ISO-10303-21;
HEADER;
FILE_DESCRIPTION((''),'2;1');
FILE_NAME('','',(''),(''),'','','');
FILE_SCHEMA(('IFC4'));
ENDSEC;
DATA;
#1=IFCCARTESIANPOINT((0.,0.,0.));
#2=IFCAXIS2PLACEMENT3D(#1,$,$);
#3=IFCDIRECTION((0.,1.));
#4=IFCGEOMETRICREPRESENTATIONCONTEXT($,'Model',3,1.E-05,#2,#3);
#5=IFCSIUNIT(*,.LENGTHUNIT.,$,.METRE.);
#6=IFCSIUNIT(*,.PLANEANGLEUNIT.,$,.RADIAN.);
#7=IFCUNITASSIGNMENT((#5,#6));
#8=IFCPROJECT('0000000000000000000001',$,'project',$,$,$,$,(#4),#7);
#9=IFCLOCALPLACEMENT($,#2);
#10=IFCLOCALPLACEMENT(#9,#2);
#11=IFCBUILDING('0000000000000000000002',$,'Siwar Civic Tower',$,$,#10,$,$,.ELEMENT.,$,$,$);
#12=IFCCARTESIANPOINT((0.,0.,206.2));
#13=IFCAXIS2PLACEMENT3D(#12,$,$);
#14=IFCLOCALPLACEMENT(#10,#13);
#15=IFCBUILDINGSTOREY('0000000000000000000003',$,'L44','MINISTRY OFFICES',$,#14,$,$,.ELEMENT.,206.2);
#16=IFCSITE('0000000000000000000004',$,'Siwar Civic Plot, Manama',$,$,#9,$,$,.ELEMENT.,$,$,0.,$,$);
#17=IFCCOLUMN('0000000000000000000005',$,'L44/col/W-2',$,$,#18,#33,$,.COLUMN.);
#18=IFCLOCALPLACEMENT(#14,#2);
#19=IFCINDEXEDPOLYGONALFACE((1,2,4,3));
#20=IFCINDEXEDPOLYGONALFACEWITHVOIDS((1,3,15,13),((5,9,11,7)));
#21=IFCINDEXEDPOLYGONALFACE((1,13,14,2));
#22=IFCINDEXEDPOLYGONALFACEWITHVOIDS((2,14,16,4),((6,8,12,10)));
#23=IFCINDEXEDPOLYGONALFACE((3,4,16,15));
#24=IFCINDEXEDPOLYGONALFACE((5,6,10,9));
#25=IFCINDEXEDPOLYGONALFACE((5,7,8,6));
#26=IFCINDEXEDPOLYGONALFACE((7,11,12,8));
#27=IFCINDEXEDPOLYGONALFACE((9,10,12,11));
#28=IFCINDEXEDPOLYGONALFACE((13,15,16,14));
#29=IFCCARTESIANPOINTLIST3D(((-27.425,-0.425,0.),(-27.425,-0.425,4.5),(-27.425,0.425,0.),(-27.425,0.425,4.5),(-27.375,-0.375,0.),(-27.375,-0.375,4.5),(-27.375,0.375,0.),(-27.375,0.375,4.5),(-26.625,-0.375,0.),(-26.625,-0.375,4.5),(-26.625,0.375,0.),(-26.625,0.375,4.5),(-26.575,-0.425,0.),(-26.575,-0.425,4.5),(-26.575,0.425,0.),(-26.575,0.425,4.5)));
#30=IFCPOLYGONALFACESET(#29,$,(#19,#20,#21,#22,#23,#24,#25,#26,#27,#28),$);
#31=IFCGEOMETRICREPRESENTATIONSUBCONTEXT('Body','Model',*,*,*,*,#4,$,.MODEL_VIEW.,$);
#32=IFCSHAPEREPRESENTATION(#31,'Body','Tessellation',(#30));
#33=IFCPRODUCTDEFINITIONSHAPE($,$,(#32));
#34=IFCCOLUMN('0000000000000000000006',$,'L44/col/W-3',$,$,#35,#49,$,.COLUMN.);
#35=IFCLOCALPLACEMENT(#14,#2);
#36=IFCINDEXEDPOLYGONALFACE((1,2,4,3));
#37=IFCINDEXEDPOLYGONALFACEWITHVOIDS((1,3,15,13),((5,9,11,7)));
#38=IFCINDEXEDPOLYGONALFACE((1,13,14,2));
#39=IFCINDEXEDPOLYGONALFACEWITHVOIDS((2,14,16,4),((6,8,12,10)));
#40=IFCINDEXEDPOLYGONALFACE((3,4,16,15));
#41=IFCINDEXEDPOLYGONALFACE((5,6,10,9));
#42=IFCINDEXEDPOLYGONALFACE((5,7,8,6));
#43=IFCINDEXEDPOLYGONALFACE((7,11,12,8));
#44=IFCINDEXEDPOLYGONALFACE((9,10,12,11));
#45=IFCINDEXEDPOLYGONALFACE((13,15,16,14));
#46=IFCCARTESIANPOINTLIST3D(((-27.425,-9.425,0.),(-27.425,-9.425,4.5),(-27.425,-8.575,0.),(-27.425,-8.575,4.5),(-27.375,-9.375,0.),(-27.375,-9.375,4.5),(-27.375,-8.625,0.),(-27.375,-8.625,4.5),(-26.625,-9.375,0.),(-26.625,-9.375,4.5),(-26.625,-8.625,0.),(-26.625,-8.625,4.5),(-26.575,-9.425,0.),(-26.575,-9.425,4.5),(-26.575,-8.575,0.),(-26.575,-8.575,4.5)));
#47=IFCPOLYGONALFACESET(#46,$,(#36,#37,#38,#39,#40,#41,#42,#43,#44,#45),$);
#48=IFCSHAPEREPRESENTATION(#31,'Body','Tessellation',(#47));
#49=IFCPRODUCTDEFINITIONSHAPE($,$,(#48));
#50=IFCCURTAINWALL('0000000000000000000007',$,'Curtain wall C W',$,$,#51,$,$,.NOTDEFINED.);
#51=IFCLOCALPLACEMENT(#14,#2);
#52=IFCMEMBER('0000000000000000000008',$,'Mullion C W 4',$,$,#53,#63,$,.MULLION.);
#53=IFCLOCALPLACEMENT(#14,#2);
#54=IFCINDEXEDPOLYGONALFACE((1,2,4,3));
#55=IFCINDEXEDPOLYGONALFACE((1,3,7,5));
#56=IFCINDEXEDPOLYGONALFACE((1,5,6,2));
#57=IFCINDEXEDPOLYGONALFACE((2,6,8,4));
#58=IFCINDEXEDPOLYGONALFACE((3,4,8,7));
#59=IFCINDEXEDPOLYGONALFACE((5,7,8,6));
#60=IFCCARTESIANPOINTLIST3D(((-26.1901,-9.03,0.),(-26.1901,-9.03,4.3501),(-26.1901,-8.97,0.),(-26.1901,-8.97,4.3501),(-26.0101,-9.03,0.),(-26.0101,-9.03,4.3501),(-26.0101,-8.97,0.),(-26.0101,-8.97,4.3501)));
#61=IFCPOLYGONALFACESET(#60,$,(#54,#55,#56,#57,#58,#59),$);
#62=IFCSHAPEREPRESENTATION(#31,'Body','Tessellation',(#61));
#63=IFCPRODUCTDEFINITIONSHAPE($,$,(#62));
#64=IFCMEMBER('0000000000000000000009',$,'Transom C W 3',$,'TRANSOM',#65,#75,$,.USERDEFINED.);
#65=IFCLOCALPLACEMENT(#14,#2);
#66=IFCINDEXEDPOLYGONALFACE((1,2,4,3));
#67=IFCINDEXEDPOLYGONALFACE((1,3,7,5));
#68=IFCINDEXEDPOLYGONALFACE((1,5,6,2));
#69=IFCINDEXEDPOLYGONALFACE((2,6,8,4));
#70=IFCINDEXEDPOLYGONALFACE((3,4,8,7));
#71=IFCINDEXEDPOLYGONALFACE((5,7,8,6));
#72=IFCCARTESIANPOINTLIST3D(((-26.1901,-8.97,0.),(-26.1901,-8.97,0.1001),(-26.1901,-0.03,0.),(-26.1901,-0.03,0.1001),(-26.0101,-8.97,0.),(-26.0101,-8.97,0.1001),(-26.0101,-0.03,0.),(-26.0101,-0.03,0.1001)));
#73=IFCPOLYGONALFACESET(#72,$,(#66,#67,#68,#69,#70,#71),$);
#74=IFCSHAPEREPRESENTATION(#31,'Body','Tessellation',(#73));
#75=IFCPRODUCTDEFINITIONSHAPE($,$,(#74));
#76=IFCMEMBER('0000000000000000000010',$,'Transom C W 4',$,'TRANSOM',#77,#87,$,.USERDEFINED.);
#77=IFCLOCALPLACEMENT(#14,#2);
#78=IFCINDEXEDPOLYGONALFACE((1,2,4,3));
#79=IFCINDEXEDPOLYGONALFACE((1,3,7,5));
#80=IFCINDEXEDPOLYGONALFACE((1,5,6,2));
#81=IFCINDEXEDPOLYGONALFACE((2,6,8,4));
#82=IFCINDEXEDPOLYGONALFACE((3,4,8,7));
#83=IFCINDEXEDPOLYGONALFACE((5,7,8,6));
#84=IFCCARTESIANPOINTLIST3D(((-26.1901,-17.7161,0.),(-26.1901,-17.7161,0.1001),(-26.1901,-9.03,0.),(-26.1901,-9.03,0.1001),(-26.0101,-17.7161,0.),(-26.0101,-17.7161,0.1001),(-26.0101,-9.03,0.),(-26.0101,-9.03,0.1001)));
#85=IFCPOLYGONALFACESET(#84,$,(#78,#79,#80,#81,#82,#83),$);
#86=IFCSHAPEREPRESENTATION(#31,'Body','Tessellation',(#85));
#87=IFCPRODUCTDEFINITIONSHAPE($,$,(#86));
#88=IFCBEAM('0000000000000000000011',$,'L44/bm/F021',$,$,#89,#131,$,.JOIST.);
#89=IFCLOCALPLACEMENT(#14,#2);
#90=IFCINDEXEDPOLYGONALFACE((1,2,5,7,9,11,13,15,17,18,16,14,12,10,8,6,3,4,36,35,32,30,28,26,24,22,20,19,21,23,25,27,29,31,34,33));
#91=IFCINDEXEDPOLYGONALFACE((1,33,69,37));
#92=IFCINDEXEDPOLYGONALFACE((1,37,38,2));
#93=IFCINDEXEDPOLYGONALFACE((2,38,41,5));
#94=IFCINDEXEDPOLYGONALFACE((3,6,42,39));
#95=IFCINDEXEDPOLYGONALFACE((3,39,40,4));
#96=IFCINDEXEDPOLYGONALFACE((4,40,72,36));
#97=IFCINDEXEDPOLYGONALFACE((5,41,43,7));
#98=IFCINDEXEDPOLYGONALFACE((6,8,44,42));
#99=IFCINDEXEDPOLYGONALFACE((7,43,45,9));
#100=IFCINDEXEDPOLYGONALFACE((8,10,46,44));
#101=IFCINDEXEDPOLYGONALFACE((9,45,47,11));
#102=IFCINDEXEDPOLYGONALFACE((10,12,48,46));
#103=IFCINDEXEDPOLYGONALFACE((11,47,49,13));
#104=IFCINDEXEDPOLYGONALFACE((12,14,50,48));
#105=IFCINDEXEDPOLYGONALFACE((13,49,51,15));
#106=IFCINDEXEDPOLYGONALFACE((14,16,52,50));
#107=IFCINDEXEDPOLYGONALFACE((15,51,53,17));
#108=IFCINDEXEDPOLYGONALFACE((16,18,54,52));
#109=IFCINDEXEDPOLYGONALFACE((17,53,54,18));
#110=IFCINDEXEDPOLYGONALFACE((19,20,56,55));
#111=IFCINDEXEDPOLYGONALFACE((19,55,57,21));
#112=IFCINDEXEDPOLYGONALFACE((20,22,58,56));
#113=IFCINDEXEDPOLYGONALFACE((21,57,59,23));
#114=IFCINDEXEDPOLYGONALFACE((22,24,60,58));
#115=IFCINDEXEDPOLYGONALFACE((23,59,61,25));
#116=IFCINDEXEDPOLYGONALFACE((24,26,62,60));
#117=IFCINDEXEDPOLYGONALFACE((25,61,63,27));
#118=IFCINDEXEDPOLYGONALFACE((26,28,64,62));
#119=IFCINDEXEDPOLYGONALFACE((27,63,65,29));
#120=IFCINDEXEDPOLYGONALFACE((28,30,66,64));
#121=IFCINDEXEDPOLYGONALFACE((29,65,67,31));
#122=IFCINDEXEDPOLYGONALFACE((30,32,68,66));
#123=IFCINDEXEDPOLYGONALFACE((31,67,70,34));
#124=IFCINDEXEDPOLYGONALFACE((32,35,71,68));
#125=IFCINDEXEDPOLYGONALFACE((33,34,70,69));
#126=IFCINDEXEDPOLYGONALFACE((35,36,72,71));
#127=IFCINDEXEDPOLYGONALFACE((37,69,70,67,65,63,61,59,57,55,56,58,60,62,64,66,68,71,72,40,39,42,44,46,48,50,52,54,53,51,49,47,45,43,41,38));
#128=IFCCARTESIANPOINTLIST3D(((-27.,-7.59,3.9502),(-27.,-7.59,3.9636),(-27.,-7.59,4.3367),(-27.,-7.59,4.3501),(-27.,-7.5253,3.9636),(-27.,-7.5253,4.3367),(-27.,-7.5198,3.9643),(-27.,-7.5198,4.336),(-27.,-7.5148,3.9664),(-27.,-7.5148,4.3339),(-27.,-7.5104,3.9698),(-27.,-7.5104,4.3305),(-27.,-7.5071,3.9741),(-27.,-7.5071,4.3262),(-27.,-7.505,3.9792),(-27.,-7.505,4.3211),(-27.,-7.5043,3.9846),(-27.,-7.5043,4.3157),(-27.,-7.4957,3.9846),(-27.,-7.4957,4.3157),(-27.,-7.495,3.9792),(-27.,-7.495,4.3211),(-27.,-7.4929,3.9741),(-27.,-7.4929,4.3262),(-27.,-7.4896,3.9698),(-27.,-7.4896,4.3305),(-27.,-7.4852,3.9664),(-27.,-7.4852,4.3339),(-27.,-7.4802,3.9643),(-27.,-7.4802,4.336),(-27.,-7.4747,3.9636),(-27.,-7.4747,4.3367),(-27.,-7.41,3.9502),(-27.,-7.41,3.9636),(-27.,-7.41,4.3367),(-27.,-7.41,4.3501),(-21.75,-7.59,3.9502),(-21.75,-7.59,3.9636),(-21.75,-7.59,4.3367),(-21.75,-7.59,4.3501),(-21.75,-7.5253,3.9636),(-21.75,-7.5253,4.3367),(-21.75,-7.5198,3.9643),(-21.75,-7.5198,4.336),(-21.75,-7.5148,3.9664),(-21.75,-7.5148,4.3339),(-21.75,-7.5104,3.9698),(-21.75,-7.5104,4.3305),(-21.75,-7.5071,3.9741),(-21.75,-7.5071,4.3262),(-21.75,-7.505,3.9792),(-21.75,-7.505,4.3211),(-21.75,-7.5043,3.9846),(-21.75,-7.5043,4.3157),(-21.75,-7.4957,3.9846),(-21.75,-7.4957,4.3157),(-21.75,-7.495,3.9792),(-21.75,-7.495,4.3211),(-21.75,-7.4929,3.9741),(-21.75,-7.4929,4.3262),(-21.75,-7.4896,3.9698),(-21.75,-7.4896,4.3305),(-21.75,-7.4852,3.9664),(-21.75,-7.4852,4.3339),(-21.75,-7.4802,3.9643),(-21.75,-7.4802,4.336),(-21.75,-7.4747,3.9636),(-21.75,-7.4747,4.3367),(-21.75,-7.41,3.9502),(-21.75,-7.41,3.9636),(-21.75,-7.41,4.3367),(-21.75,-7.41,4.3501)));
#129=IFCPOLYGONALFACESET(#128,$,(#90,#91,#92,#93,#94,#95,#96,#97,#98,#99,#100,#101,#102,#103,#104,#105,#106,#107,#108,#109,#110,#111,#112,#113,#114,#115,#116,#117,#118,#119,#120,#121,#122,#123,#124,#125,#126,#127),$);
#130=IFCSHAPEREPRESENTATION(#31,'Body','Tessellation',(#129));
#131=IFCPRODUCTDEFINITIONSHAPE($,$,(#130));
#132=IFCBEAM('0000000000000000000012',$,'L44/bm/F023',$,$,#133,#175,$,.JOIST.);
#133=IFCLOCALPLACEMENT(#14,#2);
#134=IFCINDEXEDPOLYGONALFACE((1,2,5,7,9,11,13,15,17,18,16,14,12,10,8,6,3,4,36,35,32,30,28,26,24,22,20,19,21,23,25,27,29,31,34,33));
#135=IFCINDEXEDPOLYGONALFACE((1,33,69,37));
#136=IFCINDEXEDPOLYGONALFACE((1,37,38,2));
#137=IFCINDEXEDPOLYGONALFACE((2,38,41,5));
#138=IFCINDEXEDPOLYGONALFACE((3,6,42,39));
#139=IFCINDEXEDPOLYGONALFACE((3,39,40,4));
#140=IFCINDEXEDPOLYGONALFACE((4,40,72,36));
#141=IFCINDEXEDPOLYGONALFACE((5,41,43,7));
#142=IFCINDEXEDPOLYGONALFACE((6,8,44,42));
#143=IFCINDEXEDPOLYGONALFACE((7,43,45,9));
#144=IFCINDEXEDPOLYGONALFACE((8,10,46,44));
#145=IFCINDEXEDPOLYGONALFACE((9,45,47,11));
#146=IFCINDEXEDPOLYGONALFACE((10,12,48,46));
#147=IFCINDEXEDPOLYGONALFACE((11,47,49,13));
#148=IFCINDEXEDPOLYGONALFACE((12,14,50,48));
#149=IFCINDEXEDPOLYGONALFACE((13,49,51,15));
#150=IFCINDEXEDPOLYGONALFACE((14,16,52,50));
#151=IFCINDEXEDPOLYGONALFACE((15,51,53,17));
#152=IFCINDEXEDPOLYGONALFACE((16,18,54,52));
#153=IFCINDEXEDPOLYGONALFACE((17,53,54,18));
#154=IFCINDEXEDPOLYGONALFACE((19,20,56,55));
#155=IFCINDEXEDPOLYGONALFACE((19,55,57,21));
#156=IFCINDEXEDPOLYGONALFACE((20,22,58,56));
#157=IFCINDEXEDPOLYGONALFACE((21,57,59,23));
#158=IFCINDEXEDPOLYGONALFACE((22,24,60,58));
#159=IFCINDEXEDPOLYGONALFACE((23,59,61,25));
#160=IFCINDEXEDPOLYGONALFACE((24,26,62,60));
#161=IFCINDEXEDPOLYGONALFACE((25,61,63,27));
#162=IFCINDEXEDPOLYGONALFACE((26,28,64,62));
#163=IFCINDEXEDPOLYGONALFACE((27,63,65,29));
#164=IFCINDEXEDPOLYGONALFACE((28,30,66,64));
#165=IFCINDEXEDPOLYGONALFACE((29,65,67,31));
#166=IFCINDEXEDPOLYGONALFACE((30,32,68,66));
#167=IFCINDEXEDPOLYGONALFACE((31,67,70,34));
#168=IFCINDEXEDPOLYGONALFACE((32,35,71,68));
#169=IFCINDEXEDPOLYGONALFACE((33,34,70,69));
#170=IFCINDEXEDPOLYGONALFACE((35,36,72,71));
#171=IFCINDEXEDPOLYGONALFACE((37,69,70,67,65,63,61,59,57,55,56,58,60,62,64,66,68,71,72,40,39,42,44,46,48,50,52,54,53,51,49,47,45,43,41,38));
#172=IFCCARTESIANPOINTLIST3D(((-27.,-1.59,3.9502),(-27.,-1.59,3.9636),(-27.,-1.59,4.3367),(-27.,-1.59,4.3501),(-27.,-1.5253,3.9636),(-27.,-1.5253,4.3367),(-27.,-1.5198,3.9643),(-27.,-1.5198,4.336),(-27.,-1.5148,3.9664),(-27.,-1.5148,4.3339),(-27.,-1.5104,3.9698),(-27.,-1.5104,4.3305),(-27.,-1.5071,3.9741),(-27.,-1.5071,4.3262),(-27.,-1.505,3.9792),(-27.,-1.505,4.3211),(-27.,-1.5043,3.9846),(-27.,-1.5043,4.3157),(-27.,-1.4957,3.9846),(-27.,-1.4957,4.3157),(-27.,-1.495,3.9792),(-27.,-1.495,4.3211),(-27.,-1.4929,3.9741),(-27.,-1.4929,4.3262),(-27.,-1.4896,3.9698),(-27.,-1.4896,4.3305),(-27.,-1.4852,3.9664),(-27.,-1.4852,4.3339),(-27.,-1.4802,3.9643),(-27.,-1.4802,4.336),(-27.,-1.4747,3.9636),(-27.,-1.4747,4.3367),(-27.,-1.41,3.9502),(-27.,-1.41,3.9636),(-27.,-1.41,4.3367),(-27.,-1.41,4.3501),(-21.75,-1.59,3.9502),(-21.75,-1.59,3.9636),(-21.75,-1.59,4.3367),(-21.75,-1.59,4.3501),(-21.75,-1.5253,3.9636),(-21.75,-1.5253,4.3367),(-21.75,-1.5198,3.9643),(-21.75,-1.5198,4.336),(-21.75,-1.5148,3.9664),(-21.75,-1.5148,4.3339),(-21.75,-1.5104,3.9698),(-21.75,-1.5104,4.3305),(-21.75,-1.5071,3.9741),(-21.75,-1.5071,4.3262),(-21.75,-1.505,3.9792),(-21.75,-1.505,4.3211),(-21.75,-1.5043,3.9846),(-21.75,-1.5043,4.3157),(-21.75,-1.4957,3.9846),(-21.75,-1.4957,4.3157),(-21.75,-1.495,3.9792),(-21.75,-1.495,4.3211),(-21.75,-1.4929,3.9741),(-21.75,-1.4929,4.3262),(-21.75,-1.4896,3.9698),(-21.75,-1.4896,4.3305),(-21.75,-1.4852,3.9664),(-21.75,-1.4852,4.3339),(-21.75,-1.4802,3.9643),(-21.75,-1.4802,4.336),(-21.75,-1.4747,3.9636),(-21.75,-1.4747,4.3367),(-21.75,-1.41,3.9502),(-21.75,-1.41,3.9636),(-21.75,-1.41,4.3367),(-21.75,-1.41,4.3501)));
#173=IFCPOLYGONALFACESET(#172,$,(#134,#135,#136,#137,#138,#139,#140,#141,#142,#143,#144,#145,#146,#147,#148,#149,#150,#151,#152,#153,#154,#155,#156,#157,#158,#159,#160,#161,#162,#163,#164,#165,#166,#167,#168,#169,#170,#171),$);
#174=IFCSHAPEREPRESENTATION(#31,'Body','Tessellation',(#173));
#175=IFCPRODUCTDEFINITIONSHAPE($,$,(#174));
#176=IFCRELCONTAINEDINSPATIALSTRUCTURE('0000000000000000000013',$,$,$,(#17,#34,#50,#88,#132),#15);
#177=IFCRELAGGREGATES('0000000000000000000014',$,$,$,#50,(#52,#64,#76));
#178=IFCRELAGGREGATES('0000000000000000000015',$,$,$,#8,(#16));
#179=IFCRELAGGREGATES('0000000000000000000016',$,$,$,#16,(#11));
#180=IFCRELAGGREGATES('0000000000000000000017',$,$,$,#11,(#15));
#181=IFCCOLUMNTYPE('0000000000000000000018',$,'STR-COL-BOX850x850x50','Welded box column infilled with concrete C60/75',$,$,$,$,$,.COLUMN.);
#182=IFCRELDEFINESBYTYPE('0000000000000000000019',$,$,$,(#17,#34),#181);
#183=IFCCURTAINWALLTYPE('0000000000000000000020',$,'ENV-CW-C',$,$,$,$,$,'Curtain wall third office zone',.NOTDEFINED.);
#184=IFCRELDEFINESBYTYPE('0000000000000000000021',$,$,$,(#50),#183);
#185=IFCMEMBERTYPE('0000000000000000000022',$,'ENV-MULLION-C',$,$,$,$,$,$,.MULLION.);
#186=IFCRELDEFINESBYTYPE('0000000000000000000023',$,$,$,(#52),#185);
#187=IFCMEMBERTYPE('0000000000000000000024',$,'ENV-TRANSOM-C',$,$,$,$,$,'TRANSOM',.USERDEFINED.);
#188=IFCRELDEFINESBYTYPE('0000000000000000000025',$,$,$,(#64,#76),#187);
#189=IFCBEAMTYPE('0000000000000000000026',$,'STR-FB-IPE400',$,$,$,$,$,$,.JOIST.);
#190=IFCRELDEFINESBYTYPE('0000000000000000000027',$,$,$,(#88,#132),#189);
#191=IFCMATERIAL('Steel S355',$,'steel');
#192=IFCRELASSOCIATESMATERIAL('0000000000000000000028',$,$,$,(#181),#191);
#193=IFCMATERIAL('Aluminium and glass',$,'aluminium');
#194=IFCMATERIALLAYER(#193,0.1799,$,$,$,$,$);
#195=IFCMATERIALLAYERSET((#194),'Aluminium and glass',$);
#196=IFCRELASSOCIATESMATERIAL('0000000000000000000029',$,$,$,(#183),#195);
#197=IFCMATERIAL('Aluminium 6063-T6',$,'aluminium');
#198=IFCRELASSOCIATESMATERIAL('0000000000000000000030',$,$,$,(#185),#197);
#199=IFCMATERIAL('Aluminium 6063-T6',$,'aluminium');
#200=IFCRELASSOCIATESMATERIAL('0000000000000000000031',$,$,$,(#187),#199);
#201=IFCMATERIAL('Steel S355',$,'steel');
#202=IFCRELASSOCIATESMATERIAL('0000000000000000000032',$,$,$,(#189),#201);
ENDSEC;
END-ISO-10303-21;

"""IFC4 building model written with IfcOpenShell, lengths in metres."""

from ifc_helpers import new_model, si_unit, direction, frame, origin, origin_2d, place, context, subcontext, project, spatial, rectangle, hollow_rectangle, i_section, extrude, material, layer, layer_set, material_profile, profile_set, type_object, element, aggregate, save


model = new_model("IFC4")

# Units and contexts
model_context = context("Model", 3, precision=1e-05, world=origin(), true_north=direction((0.0, 1.0)))
body_context = subcontext(model_context, "Body", "Model", "MODEL_VIEW")
ifc_project = project(units=[si_unit("LENGTHUNIT", "METRE"), si_unit("PLANEANGLEUNIT", "RADIAN")], contexts=[model_context])

# Site, building, storey
site_placement = place(None, origin())
site = spatial("IfcSite", under=ifc_project, at=site_placement, Name="Siwar Civic Plot, Manama", CompositionType="ELEMENT", RefElevation=0.0)
building_placement = place(site_placement, origin())
building = spatial("IfcBuilding", under=site, at=building_placement, Name="Siwar Civic Tower", CompositionType="ELEMENT")
storey_placement = place(building_placement, frame((0.0, 0.0, 206.2)))
storey = spatial("IfcBuildingStorey", under=building, at=storey_placement, Name="L44", Description="MINISTRY OFFICES", CompositionType="ELEMENT", Elevation=206.2)

# Columns
ifc_material_1 = material(Name="Steel S355", Category="steel")
ifc_material_profile_1 = material_profile(ifc_material_1, hollow_rectangle(XDim=0.8501, YDim=0.8501, WallThickness=0.05, at=origin_2d()), Name="BOX850x850x50")
ifc_profile_set_1 = profile_set([ifc_material_profile_1], Name="Steel S355")
column_type = type_object("IfcColumnType", Name="STR-COL-BOX850x850x50", Description="Welded box column infilled with concrete C60/75", PredefinedType="COLUMN", material=ifc_profile_set_1)
for number, where, z_axis, x_axis, name in (
    (1, (-27.0, 0.0, 0.0), (0.0, 0.0, 1.0), (1.0, 0.0, 0.0), "L44/col/W-2"),
    (2, (-27.0, -9.0, 0.0), (0.0, 0.0, 1.0), (1.0, 0.0, 0.0), "L44/col/W-3"),
):
    element("IfcColumn", number, at=place(storey_placement, frame(where, z_axis=z_axis, x_axis=x_axis)), inside=storey, type_object=column_type, Name=name, PredefinedType="COLUMN", context=body_context, shape_type="SweptSolid", body=[
        extrude(hollow_rectangle(XDim=0.8501, YDim=0.8501, WallThickness=0.05, at=origin_2d()), origin(), (0.0, 0.0, 1.0), 4.5),
    ])

# Curtain wall, members
ifc_material_2 = material(Name="Aluminium and glass", Category="aluminium")
ifc_layer_1 = layer(ifc_material_2, 0.1799)
ifc_layer_set_1 = layer_set([ifc_layer_1], Name="Aluminium and glass")
curtain_wall_type = type_object("IfcCurtainWallType", Name="ENV-CW-C", ElementType="Curtain wall third office zone", PredefinedType="NOTDEFINED", material=ifc_layer_set_1)
curtain_wall_placement = place(storey_placement, origin())
curtain_wall = element("IfcCurtainWall", 3, at=curtain_wall_placement, inside=storey, type_object=curtain_wall_type, Name="Curtain wall C W", PredefinedType="NOTDEFINED")
ifc_material_3 = material(Name="Aluminium 6063-T6", Category="aluminium")
ifc_material_profile_2 = material_profile(ifc_material_3, rectangle(XDim=0.1799, YDim=0.0601, at=origin_2d()), Name="AL 180x60")
ifc_profile_set_2 = profile_set([ifc_material_profile_2], Name="Aluminium 6063-T6")
member_type_1 = type_object("IfcMemberType", Name="ENV-MULLION-C", PredefinedType="MULLION", material=ifc_profile_set_2)
member_1_placement = place(storey_placement, frame((-26.1001, -9.0, 0.0), z_axis=(0.0, 0.0, 1.0), x_axis=(1.0, 0.0, 0.0)))
member_1 = element("IfcMember", 4, at=member_1_placement, type_object=member_type_1, Name="Mullion C W 4", PredefinedType="MULLION", context=body_context, shape_type="SweptSolid", body=[
    extrude(rectangle(XDim=0.1799, YDim=0.0601, at=origin_2d()), origin(), (0.0, 0.0, 1.0), 4.3501),
])
ifc_material_4 = material(Name="Aluminium 6063-T6", Category="aluminium")
ifc_material_profile_3 = material_profile(ifc_material_4, rectangle(XDim=0.1799, YDim=0.1001, at=origin_2d()), Name="AL 180x100")
ifc_profile_set_3 = profile_set([ifc_material_profile_3], Name="Aluminium 6063-T6")
member_type_2 = type_object("IfcMemberType", Name="ENV-TRANSOM-C", ElementType="TRANSOM", PredefinedType="USERDEFINED", material=ifc_profile_set_3)
member_2_placement = place(storey_placement, frame((-26.1001, -0.03, 0.05), z_axis=(0.0, -1.0, 0.0), x_axis=(1.0, 0.0, 0.0)))
member_2 = element("IfcMember", 5, at=member_2_placement, type_object=member_type_2, Name="Transom C W 3", ObjectType="TRANSOM", PredefinedType="USERDEFINED", context=body_context, shape_type="SweptSolid", body=[
    extrude(rectangle(XDim=0.1799, YDim=0.1001, at=origin_2d()), origin(), (0.0, 0.0, 1.0), 8.9399),
])
member_3_placement = place(storey_placement, frame((-26.1001, -9.03, 0.05), z_axis=(0.0, -1.0, 0.0), x_axis=(1.0, 0.0, 0.0)))
member_3 = element("IfcMember", 6, at=member_3_placement, type_object=member_type_2, Name="Transom C W 4", ObjectType="TRANSOM", PredefinedType="USERDEFINED", context=body_context, shape_type="SweptSolid", body=[
    extrude(rectangle(XDim=0.1799, YDim=0.1001, at=origin_2d()), origin(), (0.0, 0.0, 1.0), 8.686),
])

# Beams
ifc_material_5 = material(Name="Steel S355", Category="steel")
ifc_material_profile_4 = material_profile(ifc_material_5, i_section(OverallWidth=0.1799, OverallDepth=0.3999, WebThickness=0.0085, FlangeThickness=0.0134, FilletRadius=0.021, at=origin_2d()), Name="IPE400")
ifc_profile_set_4 = profile_set([ifc_material_profile_4], Name="Steel S355")
beam_type_1 = type_object("IfcBeamType", Name="STR-FB-IPE400", PredefinedType="JOIST", material=ifc_profile_set_4)
for number, where, z_axis, x_axis, name in (
    (7, (-27.0, -7.5, 4.1501), (1.0, 0.0, 0.0), (0.0, 1.0, 0.0), "L44/bm/F021"),
    (8, (-27.0, -1.5, 4.1501), (1.0, 0.0, 0.0), (0.0, 1.0, 0.0), "L44/bm/F023"),
):
    element("IfcBeam", number, at=place(storey_placement, frame(where, z_axis=z_axis, x_axis=x_axis)), inside=storey, type_object=beam_type_1, Name=name, PredefinedType="JOIST", context=body_context, shape_type="SweptSolid", body=[
        extrude(i_section(OverallWidth=0.1799, OverallDepth=0.3999, WebThickness=0.0085, FlangeThickness=0.0134, FilletRadius=0.021, at=origin_2d()), origin(), (0.0, 0.0, 1.0), 5.25),
    ])

aggregate(curtain_wall, [member_1, member_2, member_3])

save(model, "model.ifc")
